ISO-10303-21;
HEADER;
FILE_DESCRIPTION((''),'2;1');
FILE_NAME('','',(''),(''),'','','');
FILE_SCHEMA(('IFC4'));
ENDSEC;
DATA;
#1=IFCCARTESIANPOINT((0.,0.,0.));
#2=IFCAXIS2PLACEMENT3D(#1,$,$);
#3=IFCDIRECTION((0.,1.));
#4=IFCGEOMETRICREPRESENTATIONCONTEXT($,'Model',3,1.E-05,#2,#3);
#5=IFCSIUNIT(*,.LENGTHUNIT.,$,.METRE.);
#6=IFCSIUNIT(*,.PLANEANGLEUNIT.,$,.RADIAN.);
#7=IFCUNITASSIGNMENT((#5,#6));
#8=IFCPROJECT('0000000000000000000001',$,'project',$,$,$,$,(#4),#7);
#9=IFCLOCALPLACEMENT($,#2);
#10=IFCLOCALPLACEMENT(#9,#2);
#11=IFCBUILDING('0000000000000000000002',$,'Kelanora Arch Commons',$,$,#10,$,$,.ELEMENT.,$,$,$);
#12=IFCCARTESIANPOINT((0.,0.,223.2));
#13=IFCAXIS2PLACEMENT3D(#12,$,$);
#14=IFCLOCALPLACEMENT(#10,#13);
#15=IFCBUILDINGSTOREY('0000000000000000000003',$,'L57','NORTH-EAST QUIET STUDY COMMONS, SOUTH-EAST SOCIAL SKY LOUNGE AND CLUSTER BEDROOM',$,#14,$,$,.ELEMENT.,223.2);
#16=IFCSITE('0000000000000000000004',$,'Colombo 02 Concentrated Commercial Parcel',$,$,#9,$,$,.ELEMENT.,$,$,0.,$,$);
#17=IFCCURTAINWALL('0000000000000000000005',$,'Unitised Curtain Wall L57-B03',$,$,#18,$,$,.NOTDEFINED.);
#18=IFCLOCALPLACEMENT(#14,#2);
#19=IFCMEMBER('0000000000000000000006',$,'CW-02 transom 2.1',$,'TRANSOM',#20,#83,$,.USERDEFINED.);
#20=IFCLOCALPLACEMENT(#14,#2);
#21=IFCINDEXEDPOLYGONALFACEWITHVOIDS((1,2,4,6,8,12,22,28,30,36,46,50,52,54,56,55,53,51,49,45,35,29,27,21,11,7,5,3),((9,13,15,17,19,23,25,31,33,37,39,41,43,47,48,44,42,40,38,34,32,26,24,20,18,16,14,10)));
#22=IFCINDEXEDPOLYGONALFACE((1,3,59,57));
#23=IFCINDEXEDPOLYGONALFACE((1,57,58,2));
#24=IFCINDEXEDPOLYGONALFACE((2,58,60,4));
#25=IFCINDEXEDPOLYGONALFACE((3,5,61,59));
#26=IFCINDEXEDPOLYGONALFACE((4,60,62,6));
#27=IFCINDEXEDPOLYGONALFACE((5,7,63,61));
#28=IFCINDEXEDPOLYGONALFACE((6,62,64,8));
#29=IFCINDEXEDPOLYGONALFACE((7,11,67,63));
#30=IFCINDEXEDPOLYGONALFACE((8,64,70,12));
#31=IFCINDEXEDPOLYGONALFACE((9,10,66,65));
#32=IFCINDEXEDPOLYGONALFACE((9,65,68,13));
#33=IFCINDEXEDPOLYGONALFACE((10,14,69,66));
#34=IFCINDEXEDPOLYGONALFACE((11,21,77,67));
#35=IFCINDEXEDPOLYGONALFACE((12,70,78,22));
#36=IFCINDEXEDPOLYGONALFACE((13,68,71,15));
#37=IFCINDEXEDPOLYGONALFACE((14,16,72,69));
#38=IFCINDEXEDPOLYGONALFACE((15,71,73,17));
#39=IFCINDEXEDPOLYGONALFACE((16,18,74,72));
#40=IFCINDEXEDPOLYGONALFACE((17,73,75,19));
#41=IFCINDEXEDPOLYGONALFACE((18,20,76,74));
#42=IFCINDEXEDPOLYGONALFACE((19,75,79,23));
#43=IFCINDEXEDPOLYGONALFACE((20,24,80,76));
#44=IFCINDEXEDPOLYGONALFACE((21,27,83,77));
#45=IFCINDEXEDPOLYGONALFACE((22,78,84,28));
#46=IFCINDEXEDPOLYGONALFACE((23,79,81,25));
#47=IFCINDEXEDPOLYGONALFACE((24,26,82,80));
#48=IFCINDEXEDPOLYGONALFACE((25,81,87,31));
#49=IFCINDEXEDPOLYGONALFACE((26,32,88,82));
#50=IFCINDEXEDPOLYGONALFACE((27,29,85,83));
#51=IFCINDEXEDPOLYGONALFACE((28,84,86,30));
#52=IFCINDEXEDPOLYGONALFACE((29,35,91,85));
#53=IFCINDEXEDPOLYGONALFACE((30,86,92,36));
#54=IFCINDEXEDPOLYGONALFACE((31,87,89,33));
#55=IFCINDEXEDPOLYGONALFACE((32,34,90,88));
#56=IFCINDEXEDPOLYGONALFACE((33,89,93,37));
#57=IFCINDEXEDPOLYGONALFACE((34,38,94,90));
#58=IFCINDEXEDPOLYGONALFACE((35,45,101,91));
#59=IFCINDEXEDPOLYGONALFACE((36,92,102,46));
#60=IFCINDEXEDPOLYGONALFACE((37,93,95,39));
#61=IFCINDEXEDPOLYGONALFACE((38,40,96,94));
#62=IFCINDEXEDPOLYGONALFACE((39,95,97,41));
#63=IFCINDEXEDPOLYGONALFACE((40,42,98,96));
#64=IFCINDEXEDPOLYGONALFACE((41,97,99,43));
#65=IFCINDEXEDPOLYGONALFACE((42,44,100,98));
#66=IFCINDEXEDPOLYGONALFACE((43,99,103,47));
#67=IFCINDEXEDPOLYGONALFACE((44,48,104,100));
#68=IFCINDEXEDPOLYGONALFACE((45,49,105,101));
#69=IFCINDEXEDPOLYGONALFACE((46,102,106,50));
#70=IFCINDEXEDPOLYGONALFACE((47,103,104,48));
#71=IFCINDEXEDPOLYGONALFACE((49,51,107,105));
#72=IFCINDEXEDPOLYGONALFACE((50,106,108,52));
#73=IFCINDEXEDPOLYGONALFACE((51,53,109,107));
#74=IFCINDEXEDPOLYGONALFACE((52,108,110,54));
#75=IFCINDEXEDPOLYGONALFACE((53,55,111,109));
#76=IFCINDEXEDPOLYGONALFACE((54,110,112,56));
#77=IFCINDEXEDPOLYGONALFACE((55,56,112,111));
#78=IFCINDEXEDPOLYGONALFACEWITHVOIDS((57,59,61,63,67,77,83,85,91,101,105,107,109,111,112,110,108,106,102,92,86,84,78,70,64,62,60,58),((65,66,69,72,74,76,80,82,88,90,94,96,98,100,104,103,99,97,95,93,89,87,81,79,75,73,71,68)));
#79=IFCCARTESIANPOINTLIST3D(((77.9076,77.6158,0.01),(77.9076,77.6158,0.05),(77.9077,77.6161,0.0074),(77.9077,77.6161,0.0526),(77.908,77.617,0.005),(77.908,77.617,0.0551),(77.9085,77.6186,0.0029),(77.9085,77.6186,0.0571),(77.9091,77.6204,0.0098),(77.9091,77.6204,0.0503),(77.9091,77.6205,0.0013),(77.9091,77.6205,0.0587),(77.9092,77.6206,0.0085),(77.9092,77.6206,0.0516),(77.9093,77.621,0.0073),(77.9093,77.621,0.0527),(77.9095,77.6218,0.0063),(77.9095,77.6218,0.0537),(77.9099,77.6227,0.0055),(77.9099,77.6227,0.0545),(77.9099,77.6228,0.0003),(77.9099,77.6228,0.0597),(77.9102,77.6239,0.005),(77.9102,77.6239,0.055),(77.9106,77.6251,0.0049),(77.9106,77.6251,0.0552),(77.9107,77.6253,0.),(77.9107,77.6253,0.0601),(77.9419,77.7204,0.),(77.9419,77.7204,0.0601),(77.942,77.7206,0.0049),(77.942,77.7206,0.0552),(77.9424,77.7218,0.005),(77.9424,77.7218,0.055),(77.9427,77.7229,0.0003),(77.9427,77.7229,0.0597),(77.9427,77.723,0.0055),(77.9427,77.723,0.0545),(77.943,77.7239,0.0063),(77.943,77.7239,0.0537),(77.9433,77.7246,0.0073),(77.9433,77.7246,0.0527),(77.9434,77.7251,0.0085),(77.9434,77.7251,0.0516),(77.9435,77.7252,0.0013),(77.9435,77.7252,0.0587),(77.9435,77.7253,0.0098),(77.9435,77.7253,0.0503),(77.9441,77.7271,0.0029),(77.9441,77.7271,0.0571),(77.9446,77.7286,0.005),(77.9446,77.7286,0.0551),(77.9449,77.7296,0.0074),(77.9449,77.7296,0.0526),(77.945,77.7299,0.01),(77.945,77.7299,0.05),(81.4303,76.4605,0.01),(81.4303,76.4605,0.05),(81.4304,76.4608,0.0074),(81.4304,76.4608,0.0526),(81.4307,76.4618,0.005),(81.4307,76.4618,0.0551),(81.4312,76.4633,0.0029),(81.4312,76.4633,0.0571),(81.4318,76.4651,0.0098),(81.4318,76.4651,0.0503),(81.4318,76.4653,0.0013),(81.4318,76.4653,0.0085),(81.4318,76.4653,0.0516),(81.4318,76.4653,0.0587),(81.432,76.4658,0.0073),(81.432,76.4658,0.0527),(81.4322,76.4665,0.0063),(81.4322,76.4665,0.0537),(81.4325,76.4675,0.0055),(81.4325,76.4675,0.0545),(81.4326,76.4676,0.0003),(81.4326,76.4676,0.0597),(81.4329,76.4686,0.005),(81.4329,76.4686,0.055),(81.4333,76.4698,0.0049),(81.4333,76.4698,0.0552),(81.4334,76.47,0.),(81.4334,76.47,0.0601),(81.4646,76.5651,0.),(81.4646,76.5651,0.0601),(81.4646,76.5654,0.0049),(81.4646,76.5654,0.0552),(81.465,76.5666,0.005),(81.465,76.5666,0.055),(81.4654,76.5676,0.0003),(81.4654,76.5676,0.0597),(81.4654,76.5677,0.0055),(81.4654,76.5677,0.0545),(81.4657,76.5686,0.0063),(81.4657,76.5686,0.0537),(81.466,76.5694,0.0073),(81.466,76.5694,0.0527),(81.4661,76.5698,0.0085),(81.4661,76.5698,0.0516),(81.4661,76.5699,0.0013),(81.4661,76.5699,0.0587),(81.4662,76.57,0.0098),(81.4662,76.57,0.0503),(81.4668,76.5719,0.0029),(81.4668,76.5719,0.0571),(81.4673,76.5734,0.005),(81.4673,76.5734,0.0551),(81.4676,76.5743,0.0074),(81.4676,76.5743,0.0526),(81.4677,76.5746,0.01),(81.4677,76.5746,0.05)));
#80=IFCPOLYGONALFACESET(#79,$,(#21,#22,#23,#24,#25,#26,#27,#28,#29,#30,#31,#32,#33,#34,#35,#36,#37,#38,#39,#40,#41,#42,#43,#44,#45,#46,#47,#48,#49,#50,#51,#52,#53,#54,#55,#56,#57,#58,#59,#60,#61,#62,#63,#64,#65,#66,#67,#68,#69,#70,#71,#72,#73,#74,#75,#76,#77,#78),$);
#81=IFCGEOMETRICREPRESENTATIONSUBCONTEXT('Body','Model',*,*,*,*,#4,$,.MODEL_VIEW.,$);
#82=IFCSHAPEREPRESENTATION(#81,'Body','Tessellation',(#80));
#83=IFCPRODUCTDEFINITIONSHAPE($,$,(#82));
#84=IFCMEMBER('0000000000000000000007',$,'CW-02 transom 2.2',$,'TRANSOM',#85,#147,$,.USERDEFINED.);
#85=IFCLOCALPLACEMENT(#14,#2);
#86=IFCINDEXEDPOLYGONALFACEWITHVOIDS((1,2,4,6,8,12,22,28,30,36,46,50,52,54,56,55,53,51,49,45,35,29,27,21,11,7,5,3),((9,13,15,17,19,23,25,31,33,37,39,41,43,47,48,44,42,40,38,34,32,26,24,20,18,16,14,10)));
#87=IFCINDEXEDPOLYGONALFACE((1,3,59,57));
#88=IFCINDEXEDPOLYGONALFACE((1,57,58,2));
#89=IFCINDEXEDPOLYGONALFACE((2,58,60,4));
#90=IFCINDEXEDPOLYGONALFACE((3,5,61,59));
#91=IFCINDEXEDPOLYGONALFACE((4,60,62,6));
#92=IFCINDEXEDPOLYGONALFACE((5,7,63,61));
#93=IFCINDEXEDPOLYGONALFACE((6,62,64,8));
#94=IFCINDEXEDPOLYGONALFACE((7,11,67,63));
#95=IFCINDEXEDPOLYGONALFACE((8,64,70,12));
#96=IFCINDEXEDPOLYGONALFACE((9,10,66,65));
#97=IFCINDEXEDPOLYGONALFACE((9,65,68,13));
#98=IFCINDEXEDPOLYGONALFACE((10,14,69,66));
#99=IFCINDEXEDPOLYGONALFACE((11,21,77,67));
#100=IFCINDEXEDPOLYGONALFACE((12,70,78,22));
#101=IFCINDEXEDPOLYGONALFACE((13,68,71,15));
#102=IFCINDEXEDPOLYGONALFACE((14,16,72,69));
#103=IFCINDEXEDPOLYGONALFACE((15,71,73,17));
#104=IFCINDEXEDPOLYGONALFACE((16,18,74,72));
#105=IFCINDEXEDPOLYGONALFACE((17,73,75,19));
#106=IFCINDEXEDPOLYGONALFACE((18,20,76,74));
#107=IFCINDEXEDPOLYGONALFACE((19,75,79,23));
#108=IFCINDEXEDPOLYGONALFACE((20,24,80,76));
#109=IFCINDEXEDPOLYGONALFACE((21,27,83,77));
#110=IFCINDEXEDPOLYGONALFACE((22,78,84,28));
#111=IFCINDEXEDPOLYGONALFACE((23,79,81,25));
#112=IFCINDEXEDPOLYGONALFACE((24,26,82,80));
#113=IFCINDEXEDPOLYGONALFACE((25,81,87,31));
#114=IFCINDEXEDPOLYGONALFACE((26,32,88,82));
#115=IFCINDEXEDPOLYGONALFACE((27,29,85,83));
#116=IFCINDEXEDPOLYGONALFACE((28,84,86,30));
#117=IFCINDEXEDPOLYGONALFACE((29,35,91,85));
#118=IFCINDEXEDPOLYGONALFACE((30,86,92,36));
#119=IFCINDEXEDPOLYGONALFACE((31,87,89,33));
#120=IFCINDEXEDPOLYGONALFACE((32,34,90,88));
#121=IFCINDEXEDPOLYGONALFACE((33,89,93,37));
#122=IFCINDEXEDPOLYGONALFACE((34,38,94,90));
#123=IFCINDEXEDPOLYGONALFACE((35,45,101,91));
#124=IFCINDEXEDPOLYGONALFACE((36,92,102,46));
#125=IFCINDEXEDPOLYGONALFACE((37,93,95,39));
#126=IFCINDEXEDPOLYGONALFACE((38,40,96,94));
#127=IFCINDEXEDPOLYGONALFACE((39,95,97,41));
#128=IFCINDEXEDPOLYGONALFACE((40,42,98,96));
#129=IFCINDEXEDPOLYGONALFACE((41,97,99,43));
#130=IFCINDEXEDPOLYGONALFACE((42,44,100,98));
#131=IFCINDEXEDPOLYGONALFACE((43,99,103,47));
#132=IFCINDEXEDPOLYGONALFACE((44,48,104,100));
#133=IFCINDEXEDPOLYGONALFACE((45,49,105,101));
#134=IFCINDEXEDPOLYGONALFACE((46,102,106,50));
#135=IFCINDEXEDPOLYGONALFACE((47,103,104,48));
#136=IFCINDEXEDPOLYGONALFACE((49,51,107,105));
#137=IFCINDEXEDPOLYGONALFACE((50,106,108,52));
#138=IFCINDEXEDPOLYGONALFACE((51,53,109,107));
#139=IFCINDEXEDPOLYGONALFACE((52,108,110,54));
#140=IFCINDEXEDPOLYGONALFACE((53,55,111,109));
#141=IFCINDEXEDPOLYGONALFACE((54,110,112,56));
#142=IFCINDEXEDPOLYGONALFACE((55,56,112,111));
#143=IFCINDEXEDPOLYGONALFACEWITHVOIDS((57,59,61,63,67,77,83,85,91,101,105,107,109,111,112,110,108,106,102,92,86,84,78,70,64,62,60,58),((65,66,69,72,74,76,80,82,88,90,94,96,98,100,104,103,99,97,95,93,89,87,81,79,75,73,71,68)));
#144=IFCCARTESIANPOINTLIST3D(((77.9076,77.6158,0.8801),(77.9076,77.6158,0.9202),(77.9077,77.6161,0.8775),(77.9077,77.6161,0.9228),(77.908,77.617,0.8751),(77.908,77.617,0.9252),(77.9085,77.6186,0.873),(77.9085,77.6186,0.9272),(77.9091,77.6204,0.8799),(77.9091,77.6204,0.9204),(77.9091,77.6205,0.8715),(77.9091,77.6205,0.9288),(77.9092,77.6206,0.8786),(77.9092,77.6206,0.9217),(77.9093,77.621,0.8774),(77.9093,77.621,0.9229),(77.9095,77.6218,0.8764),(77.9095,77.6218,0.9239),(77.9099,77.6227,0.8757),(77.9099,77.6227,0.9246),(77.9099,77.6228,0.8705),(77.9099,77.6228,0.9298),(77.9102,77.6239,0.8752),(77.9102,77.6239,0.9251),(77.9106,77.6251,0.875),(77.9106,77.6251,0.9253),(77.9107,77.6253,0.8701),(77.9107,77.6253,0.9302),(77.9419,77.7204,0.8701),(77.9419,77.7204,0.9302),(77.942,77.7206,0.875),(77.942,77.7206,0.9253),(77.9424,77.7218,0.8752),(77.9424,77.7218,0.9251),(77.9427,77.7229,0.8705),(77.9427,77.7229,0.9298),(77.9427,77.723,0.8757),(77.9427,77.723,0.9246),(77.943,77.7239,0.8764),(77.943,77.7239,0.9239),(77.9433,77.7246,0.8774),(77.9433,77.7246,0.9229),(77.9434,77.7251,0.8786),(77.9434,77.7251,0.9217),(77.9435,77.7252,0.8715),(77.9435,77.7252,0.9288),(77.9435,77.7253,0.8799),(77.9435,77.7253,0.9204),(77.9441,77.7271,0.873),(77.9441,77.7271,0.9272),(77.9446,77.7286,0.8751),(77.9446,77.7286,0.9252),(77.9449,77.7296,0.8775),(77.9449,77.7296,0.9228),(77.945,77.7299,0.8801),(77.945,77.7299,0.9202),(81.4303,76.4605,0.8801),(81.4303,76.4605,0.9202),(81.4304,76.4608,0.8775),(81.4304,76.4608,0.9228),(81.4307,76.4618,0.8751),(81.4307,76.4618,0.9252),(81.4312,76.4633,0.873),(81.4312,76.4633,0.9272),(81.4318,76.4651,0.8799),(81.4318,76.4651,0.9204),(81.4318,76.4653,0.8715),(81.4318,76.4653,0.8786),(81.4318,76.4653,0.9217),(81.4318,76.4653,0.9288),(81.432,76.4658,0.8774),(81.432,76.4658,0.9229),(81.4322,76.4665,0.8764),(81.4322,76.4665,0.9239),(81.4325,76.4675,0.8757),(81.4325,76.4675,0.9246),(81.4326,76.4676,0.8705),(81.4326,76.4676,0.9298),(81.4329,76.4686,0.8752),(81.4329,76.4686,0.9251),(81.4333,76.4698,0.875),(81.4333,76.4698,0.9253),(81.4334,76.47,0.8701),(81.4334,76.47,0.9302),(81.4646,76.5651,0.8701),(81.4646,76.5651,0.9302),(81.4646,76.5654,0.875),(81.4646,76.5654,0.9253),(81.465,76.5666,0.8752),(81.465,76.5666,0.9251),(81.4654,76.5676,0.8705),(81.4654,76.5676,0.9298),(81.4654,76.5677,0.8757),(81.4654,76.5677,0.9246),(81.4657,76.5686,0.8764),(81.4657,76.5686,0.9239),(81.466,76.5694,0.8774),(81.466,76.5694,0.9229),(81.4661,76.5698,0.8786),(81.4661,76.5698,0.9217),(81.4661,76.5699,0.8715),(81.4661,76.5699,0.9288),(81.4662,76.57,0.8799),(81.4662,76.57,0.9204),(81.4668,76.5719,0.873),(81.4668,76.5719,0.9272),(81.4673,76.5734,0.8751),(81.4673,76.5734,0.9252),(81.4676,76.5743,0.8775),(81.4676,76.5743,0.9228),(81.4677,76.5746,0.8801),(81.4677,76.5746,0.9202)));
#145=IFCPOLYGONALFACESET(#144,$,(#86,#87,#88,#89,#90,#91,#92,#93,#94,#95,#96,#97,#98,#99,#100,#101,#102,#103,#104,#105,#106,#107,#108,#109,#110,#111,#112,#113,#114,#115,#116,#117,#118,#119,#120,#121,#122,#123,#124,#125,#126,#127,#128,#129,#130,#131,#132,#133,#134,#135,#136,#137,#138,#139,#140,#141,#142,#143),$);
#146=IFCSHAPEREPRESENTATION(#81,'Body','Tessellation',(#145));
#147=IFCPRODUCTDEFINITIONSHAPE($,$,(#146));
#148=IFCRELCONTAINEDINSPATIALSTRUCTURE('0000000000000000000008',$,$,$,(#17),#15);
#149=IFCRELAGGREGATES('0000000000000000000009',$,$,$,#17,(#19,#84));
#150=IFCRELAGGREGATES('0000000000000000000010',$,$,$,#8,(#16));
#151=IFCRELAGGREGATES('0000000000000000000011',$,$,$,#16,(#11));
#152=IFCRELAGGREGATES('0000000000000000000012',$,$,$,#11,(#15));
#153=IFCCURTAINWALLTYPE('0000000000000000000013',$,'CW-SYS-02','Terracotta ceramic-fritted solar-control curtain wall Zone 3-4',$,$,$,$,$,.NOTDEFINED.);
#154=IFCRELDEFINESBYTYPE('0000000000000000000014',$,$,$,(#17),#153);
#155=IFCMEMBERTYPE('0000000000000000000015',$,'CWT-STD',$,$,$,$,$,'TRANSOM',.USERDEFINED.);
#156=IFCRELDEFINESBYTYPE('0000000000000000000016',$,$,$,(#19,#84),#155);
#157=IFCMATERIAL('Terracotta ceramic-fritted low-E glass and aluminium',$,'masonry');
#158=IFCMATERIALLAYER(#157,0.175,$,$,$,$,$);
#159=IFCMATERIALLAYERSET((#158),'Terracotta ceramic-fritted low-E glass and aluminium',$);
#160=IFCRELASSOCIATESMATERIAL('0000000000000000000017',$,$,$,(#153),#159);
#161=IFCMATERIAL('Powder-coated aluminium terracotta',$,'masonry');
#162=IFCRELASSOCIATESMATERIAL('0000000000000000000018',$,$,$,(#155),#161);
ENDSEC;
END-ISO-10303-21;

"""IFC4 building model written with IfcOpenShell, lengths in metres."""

from ifc_helpers import new_model, si_unit, direction, frame, origin, origin_2d, place, context, subcontext, project, spatial, hollow_rectangle, extrude, material, layer, layer_set, material_profile, profile_set, type_object, element, aggregate, save


model = new_model("IFC4")

# Units and contexts
model_context = context("Model", 3, precision=1e-05, world=origin(), true_north=direction((0.0, 1.0)))
body_context = subcontext(model_context, "Body", "Model", "MODEL_VIEW")
ifc_project = project(units=[si_unit("LENGTHUNIT", "METRE"), si_unit("PLANEANGLEUNIT", "RADIAN")], contexts=[model_context])

# Site, building, storey
site_placement = place(None, origin())
site = spatial("IfcSite", under=ifc_project, at=site_placement, Name="Colombo 02 Concentrated Commercial Parcel", CompositionType="ELEMENT", RefElevation=0.0)
building_placement = place(site_placement, origin())
building = spatial("IfcBuilding", under=site, at=building_placement, Name="Kelanora Arch Commons", CompositionType="ELEMENT")
storey_placement = place(building_placement, frame((0.0, 0.0, 223.2)))
storey = spatial("IfcBuildingStorey", under=building, at=storey_placement, Name="L57", Description="NORTH-EAST QUIET STUDY COMMONS, SOUTH-EAST SOCIAL SKY LOUNGE AND CLUSTER BEDROOM", CompositionType="ELEMENT", Elevation=223.2)

# Curtain wall, members
ifc_material_1 = material(Name="Terracotta ceramic-fritted low-E glass and aluminium", Category="masonry")
ifc_layer_1 = layer(ifc_material_1, 0.175)
ifc_layer_set_1 = layer_set([ifc_layer_1], Name="Terracotta ceramic-fritted low-E glass and aluminium")
curtain_wall_type = type_object("IfcCurtainWallType", Name="CW-SYS-02", Description="Terracotta ceramic-fritted solar-control curtain wall Zone 3-4", PredefinedType="NOTDEFINED", material=ifc_layer_set_1)
curtain_wall_placement = place(storey_placement, origin())
curtain_wall = element("IfcCurtainWall", 1, at=curtain_wall_placement, inside=storey, type_object=curtain_wall_type, Name="Unitised Curtain Wall L57-B03", PredefinedType="NOTDEFINED")
ifc_material_2 = material(Name="Powder-coated aluminium terracotta", Category="masonry")
ifc_material_profile_1 = material_profile(ifc_material_2, hollow_rectangle(XDim=0.1201, YDim=0.0601, WallThickness=0.0049, InnerFilletRadius=0.0049, OuterFilletRadius=0.01, at=origin_2d()), Name="CWT120x60")
ifc_profile_set_1 = profile_set([ifc_material_profile_1], Name="Powder-coated aluminium terracotta")
member_type_1 = type_object("IfcMemberType", Name="CWT-STD", ElementType="TRANSOM", PredefinedType="USERDEFINED", material=ifc_profile_set_1)
member_1_placement = place(storey_placement, frame((81.449, 76.5176, 0.03), z_axis=(-0.950207, 0.311621, 0.0), x_axis=(-0.311621, -0.950207, 0.0)))
member_1 = element("IfcMember", 2, at=member_1_placement, type_object=member_type_1, Name="CW-02 transom 2.1", ObjectType="TRANSOM", PredefinedType="USERDEFINED", context=body_context, shape_type="SweptSolid", body=[
    extrude(hollow_rectangle(XDim=0.1201, YDim=0.0601, WallThickness=0.0049, InnerFilletRadius=0.0049, OuterFilletRadius=0.01, at=origin_2d()), origin(), (0.0, 0.0, 1.0), 3.7073),
])
member_2_placement = place(storey_placement, frame((81.449, 76.5176, 0.9001), z_axis=(-0.950207, 0.311621, 0.0), x_axis=(-0.311621, -0.950207, 0.0)))
member_2 = element("IfcMember", 3, at=member_2_placement, type_object=member_type_1, Name="CW-02 transom 2.2", ObjectType="TRANSOM", PredefinedType="USERDEFINED", context=body_context, shape_type="SweptSolid", body=[
    extrude(hollow_rectangle(XDim=0.1201, YDim=0.0601, WallThickness=0.0049, InnerFilletRadius=0.0049, OuterFilletRadius=0.01, at=origin_2d()), origin(), (0.0, 0.0, 1.0), 3.7073),
])
aggregate(curtain_wall, [member_1, member_2])

save(model, "model.ifc")
